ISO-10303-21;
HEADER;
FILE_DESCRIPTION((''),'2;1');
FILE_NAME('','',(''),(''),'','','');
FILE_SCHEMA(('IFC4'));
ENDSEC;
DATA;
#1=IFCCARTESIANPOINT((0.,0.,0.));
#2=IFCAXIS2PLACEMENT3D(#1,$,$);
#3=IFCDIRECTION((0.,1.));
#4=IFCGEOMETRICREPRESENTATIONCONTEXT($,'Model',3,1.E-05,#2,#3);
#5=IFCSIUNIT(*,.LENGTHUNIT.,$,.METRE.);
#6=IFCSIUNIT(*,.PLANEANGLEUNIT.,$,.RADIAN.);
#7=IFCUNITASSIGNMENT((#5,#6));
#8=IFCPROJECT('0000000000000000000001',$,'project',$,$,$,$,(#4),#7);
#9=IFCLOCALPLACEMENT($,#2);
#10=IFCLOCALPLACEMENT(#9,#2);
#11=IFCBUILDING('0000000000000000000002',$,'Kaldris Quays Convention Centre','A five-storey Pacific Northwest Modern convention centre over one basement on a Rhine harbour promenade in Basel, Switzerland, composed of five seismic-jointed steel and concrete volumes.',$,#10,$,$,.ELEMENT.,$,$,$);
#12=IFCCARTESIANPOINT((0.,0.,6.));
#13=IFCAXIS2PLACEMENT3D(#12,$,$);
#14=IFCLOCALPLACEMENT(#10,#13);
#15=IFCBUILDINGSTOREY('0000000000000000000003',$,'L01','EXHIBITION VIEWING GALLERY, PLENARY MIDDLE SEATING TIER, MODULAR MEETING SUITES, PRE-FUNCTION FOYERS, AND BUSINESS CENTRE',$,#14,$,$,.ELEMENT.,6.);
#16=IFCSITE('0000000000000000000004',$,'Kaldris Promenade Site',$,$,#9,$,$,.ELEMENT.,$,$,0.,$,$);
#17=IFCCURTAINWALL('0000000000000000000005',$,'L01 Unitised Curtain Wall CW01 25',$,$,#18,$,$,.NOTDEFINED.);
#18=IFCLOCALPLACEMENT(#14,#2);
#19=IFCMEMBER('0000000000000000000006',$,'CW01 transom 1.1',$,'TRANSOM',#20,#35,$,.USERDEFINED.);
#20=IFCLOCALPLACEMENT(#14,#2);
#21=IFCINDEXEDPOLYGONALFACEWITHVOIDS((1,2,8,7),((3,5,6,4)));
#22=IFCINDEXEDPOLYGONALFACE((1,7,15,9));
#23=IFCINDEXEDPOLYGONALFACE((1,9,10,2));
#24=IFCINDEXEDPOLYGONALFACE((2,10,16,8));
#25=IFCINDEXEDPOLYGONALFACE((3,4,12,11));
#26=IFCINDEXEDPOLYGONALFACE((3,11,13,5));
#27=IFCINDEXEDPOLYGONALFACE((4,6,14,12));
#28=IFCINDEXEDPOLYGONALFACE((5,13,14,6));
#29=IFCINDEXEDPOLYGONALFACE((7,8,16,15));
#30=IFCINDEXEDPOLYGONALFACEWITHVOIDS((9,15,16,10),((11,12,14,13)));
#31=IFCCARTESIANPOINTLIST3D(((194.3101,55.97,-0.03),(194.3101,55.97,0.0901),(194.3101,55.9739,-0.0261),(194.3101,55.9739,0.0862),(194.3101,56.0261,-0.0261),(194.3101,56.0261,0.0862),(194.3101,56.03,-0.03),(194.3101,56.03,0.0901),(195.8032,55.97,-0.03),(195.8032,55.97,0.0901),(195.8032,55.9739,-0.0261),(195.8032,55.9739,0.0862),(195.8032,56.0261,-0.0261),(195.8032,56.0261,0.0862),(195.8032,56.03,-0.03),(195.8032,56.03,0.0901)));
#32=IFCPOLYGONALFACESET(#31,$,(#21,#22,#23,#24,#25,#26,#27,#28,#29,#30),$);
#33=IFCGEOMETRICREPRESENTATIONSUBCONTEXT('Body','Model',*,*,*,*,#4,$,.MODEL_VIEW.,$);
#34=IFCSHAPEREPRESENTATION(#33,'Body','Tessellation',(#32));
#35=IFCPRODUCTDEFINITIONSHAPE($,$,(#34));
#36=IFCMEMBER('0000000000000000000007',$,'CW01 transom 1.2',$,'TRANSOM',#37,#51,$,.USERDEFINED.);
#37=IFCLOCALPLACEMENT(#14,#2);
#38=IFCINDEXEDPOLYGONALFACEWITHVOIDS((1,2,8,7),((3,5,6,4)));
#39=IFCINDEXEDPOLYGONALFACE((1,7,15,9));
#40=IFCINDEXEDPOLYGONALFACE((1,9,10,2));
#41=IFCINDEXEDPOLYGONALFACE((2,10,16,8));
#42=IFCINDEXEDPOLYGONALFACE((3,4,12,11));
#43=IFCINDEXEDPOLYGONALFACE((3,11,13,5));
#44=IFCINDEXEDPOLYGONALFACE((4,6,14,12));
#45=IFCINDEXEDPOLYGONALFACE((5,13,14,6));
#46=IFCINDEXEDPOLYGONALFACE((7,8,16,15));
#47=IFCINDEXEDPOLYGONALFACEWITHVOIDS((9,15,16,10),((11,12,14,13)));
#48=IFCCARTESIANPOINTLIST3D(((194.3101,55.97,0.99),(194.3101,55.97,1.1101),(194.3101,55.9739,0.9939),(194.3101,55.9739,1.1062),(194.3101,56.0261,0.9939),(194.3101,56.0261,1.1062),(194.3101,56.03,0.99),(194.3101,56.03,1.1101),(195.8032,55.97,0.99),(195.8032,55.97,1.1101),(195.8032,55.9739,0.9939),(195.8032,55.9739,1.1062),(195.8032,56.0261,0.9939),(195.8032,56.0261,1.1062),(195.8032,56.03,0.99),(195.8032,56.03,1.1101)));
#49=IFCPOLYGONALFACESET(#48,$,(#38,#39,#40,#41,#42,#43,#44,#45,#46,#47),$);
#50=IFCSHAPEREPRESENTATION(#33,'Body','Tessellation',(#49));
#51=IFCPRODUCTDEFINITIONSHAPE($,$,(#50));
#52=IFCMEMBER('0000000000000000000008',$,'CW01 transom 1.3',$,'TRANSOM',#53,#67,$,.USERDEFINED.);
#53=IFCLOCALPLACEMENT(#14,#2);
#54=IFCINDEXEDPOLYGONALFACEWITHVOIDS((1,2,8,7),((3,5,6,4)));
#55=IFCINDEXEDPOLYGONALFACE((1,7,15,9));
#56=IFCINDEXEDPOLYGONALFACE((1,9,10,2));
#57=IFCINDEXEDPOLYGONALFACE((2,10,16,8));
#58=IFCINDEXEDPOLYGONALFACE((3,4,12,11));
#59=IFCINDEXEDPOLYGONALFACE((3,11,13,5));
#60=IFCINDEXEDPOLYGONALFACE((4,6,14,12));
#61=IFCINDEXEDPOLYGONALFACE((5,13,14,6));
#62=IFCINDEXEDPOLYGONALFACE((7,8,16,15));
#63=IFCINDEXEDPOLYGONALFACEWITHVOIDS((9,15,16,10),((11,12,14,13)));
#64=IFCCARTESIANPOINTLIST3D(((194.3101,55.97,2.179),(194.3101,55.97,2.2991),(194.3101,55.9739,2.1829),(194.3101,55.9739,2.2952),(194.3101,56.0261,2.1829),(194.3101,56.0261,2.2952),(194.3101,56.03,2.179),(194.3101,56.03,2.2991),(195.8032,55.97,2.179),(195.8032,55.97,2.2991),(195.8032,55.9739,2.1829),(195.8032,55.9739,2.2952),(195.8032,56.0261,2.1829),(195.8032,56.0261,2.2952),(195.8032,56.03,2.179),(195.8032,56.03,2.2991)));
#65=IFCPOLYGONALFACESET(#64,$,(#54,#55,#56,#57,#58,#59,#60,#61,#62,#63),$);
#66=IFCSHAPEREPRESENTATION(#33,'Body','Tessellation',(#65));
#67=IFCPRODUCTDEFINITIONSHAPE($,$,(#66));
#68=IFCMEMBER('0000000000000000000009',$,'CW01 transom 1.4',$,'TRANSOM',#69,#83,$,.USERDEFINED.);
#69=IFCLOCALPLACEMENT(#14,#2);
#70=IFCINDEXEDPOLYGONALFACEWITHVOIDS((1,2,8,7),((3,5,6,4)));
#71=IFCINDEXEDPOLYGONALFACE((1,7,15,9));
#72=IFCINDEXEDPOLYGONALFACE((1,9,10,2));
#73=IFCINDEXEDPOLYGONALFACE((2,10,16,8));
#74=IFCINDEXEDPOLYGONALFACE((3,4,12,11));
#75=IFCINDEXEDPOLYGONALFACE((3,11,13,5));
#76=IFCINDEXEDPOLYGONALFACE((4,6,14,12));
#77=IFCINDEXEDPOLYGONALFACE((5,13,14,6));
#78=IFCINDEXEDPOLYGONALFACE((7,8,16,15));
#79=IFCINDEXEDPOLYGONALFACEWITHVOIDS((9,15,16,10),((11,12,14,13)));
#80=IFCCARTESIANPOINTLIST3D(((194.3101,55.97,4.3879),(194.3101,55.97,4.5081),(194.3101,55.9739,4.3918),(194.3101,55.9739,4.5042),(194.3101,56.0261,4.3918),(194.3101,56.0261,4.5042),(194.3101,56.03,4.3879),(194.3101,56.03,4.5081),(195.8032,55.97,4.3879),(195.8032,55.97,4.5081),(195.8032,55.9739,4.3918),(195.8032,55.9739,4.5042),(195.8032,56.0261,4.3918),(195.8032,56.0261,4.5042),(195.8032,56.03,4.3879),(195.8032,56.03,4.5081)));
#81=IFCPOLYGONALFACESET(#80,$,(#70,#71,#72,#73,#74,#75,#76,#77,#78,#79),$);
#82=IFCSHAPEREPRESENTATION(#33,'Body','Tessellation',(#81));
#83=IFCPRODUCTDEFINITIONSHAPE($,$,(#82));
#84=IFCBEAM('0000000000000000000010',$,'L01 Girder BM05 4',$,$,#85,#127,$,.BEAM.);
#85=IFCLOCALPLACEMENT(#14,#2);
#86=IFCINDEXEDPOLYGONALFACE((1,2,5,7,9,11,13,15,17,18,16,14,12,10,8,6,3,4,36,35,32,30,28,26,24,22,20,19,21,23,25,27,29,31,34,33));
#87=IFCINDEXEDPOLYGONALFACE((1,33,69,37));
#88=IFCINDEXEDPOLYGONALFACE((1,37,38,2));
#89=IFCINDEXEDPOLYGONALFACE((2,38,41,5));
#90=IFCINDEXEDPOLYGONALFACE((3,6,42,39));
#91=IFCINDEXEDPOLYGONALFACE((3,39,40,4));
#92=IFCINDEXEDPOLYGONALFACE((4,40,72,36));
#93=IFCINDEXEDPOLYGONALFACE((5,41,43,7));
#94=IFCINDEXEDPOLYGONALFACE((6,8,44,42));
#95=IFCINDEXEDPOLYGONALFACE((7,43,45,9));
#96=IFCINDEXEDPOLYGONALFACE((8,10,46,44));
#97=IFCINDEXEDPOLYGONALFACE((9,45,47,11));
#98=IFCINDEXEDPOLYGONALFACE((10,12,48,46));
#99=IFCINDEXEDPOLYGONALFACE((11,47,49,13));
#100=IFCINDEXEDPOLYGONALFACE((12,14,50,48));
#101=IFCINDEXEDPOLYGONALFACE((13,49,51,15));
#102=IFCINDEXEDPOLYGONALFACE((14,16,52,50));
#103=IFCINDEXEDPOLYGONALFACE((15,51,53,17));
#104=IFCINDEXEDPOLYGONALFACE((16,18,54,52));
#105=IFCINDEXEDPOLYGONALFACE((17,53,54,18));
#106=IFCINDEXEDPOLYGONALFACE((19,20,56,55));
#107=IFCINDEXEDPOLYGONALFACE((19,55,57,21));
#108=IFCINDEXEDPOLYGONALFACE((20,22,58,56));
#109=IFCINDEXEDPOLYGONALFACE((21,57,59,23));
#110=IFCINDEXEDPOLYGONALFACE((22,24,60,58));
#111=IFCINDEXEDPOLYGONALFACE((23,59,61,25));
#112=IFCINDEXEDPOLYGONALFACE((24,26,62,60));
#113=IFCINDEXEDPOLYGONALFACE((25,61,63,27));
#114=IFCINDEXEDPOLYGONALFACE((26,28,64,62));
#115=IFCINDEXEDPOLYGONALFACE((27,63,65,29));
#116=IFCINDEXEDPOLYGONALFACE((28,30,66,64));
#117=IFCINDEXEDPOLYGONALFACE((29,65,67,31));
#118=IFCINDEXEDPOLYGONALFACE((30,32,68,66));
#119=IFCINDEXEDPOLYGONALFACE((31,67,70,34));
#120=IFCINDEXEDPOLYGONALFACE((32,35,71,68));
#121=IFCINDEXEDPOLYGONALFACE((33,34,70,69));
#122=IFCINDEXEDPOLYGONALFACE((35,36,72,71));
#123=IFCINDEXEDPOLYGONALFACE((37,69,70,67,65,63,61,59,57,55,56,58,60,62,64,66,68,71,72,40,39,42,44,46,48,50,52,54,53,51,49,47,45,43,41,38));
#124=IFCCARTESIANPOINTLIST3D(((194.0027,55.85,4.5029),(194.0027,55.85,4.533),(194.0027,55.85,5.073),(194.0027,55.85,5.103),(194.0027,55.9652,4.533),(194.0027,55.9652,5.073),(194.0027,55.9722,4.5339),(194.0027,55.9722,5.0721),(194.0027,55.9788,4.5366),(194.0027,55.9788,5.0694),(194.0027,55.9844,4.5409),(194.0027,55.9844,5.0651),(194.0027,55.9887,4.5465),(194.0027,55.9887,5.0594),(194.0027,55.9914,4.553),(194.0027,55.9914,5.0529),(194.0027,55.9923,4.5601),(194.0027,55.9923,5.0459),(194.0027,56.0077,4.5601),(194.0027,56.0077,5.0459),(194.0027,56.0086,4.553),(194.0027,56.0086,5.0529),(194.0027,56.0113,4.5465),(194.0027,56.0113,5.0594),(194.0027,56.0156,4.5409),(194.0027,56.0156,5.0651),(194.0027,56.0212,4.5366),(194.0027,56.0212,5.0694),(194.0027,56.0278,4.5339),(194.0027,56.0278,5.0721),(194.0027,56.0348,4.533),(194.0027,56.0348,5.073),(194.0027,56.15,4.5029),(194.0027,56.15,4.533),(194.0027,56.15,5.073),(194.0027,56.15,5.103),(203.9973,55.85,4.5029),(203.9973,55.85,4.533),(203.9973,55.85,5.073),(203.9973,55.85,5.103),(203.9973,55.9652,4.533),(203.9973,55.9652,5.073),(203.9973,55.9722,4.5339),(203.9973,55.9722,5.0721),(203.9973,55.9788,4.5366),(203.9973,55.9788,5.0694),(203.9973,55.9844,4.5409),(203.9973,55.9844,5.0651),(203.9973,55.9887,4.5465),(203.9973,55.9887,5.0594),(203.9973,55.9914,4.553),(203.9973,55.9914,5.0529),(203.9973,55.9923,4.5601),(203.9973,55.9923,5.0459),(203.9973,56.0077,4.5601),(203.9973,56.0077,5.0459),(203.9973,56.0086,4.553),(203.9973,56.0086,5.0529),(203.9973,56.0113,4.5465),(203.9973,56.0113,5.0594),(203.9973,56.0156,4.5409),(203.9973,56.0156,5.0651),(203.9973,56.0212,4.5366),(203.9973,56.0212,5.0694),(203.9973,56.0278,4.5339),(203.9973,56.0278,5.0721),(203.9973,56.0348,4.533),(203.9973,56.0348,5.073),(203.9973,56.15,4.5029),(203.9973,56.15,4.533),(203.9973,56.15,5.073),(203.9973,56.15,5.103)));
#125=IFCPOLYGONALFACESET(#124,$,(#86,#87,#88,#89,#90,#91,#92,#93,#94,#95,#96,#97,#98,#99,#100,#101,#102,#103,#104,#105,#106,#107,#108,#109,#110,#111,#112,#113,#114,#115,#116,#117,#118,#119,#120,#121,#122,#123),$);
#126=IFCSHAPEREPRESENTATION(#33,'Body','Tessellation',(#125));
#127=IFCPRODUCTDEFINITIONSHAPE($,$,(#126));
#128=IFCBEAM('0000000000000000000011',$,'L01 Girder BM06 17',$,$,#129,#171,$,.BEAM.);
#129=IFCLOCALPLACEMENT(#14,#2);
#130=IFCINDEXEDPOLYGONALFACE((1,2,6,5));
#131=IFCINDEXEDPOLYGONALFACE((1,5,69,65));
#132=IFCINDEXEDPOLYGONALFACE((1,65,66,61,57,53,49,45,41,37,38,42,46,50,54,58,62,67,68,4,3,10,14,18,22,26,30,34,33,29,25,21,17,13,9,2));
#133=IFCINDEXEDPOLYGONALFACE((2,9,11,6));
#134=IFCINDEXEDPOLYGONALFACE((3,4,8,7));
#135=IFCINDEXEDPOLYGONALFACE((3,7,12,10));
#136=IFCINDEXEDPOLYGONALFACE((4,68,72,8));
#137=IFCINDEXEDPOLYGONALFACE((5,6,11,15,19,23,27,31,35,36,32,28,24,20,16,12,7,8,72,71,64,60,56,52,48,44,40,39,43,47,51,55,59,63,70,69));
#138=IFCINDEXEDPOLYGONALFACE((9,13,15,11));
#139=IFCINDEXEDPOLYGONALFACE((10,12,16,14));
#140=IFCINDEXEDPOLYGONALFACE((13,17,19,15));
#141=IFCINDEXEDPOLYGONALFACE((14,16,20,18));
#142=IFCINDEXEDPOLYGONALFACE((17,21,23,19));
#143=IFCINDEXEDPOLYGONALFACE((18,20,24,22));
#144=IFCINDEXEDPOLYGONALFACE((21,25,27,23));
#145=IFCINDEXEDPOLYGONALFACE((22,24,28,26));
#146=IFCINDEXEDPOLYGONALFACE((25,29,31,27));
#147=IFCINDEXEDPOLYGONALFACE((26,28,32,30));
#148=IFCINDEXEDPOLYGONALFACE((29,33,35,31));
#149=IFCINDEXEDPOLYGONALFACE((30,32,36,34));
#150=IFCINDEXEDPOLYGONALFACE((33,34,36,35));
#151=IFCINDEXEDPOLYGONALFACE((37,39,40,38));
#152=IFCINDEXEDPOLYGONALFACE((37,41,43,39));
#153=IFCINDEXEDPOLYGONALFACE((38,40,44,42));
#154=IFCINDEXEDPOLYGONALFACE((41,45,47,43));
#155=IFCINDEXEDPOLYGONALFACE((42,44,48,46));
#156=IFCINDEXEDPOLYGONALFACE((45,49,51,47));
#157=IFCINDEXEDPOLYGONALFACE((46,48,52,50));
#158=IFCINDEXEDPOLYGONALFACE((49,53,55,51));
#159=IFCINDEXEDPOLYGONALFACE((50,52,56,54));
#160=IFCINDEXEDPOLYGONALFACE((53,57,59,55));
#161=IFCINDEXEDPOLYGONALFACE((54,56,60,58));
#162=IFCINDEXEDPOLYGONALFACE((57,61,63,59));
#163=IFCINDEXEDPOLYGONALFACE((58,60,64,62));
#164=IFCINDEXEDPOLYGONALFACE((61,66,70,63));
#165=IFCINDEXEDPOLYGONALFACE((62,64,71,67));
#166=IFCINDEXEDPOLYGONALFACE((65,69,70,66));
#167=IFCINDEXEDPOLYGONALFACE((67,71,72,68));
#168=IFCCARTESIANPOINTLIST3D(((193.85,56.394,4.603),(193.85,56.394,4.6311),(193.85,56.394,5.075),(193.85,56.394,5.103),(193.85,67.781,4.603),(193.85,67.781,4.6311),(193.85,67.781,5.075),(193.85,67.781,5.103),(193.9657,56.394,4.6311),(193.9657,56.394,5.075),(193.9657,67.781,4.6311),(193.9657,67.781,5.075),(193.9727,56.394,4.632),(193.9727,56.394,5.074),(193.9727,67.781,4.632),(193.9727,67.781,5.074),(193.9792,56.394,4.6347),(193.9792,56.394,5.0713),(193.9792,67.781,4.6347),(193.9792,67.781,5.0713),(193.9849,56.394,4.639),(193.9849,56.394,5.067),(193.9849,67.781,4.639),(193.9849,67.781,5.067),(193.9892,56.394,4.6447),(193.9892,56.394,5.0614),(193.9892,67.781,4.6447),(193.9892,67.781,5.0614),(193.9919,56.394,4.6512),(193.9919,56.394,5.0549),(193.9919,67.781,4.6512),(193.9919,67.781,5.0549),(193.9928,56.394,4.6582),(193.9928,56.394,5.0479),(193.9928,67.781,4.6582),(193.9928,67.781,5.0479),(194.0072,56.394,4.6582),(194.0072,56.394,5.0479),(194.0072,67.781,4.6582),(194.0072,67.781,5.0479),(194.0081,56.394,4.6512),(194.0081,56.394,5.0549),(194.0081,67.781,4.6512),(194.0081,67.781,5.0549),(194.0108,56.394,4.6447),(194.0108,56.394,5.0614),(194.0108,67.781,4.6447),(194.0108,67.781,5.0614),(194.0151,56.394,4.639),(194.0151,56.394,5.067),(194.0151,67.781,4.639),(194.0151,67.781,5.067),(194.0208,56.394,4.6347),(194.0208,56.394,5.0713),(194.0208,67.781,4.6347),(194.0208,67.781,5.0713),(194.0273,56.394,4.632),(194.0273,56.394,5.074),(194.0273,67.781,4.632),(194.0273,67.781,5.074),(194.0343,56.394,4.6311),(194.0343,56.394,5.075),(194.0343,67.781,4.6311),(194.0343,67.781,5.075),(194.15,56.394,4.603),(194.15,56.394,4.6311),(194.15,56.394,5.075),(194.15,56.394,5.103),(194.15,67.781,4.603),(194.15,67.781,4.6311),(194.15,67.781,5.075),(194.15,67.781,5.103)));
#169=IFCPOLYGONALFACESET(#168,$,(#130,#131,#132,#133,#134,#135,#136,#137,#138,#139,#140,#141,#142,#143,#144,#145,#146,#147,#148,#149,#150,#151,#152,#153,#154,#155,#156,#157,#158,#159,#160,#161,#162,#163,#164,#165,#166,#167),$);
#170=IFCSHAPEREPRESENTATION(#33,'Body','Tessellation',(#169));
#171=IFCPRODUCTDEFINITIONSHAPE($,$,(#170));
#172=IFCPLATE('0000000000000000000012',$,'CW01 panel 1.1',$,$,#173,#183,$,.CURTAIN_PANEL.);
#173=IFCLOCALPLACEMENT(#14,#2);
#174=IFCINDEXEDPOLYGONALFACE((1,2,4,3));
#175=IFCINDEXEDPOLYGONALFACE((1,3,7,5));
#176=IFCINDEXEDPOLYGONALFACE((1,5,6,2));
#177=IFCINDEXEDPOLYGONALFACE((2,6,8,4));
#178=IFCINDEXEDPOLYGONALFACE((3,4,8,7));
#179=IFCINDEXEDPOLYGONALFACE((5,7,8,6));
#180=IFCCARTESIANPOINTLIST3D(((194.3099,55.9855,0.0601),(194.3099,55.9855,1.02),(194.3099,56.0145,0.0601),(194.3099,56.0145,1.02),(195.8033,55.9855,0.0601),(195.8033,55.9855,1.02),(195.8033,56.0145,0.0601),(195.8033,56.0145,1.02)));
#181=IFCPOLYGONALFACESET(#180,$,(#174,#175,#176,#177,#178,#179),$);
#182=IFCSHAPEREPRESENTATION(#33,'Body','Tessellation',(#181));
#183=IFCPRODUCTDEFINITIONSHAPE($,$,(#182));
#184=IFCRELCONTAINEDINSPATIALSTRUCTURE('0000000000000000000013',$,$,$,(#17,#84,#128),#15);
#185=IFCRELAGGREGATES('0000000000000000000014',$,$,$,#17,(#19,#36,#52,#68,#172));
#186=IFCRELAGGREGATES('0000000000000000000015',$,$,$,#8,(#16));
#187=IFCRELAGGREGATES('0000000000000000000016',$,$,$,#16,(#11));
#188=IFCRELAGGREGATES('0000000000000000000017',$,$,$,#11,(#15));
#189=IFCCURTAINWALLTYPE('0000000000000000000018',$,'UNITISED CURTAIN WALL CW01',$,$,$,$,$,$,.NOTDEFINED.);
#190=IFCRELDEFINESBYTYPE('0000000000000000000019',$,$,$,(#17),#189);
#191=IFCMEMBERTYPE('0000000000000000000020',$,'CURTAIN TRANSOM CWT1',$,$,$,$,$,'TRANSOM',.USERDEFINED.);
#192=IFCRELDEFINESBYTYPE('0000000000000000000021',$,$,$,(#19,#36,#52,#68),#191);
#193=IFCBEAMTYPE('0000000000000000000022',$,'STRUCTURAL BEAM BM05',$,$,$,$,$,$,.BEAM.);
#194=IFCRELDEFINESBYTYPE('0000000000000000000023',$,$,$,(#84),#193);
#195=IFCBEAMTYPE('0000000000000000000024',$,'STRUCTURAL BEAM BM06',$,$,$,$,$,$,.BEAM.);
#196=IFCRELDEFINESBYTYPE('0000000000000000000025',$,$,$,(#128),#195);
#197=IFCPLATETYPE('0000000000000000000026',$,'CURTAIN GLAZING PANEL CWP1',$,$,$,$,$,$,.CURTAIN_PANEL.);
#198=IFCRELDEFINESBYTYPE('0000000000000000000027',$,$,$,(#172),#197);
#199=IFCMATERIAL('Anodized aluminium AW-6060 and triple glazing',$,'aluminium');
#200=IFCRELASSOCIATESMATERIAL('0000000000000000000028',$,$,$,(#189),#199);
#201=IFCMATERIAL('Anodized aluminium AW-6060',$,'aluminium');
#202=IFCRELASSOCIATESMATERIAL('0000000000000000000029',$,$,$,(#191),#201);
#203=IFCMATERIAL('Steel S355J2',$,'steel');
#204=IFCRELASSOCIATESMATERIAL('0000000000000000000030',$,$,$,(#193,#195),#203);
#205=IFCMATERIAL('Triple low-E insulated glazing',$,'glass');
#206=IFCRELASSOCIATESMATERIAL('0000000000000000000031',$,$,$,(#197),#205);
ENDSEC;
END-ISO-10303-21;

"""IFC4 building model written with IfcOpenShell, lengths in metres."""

from ifc_helpers import new_model, si_unit, direction, frame, origin, origin_2d, place, context, subcontext, project, spatial, rectangle, hollow_rectangle, i_section, extrude, material, material_profile, profile_set, type_object, element, aggregate, save


model = new_model("IFC4")

# Units and contexts
model_context = context("Model", 3, precision=1e-05, world=origin(), true_north=direction((0.0, 1.0)))
body_context = subcontext(model_context, "Body", "Model", "MODEL_VIEW")
ifc_project = project(units=[si_unit("LENGTHUNIT", "METRE"), si_unit("PLANEANGLEUNIT", "RADIAN")], contexts=[model_context])

# Site, building, storey
site_placement = place(None, origin())
site = spatial("IfcSite", under=ifc_project, at=site_placement, Name="Kaldris Promenade Site", CompositionType="ELEMENT", RefElevation=0.0)
building_placement = place(site_placement, origin())
building = spatial("IfcBuilding", under=site, at=building_placement, Name="Kaldris Quays Convention Centre", Description="A five-storey Pacific Northwest Modern convention centre over one basement on a Rhine harbour promenade in Basel, Switzerland, composed of five seismic-jointed steel and concrete volumes.", CompositionType="ELEMENT")
storey_placement = place(building_placement, frame((0.0, 0.0, 6.0)))
storey = spatial("IfcBuildingStorey", under=building, at=storey_placement, Name="L01", Description="EXHIBITION VIEWING GALLERY, PLENARY MIDDLE SEATING TIER, MODULAR MEETING SUITES, PRE-FUNCTION FOYERS, AND BUSINESS CENTRE", CompositionType="ELEMENT", Elevation=6.0)

# Shared definitions
ifc_material_1 = material(Name="Steel S355J2", Category="steel")

# Shared definitions
ifc_material_2 = material(Name="Anodized aluminium AW-6060 and triple glazing", Category="aluminium")
curtain_wall_type = type_object("IfcCurtainWallType", Name="UNITISED CURTAIN WALL CW01", PredefinedType="NOTDEFINED", material=ifc_material_2)
ifc_material_3 = material(Name="Anodized aluminium AW-6060", Category="aluminium")

# Curtain wall
curtain_wall_1_placement = place(storey_placement, origin())
curtain_wall_1 = element("IfcCurtainWall", 1, at=curtain_wall_1_placement, inside=storey, type_object=curtain_wall_type, Name="L01 Unitised Curtain Wall CW01 25", PredefinedType="NOTDEFINED")

# Members
ifc_material_profile_1 = material_profile(ifc_material_3, hollow_rectangle(XDim=0.0601, YDim=0.1201, WallThickness=0.0039, at=origin_2d()), Name="RHS 120x60x4")
ifc_profile_set_1 = profile_set([ifc_material_profile_1], Name="Anodized aluminium AW-6060")
member_type_1 = type_object("IfcMemberType", Name="CURTAIN TRANSOM CWT1", ElementType="TRANSOM", PredefinedType="USERDEFINED", material=ifc_profile_set_1)
member_1_placement = place(storey_placement, frame((194.3101, 56.0, 0.03), z_axis=(1.0, 0.0, 0.0), x_axis=(0.0, 1.0, 0.0)))
member_1 = element("IfcMember", 2, at=member_1_placement, type_object=member_type_1, Name="CW01 transom 1.1", ObjectType="TRANSOM", PredefinedType="USERDEFINED", context=body_context, shape_type="SweptSolid", body=[
    extrude(hollow_rectangle(XDim=0.0601, YDim=0.1201, WallThickness=0.0039, at=origin_2d()), origin(), (0.0, 0.0, 1.0), 1.4932),
])
member_2_placement = place(storey_placement, frame((194.3101, 56.0, 1.05), z_axis=(1.0, 0.0, 0.0), x_axis=(0.0, 1.0, 0.0)))
member_2 = element("IfcMember", 3, at=member_2_placement, type_object=member_type_1, Name="CW01 transom 1.2", ObjectType="TRANSOM", PredefinedType="USERDEFINED", context=body_context, shape_type="SweptSolid", body=[
    extrude(hollow_rectangle(XDim=0.0601, YDim=0.1201, WallThickness=0.0039, at=origin_2d()), origin(), (0.0, 0.0, 1.0), 1.4932),
])
member_3_placement = place(storey_placement, frame((194.3101, 56.0, 2.239), z_axis=(1.0, 0.0, 0.0), x_axis=(0.0, 1.0, 0.0)))
member_3 = element("IfcMember", 4, at=member_3_placement, type_object=member_type_1, Name="CW01 transom 1.3", ObjectType="TRANSOM", PredefinedType="USERDEFINED", context=body_context, shape_type="SweptSolid", body=[
    extrude(hollow_rectangle(XDim=0.0601, YDim=0.1201, WallThickness=0.0039, at=origin_2d()), origin(), (0.0, 0.0, 1.0), 1.4932),
])
member_4_placement = place(storey_placement, frame((194.3101, 56.0, 4.448), z_axis=(1.0, 0.0, 0.0), x_axis=(0.0, 1.0, 0.0)))
member_4 = element("IfcMember", 5, at=member_4_placement, type_object=member_type_1, Name="CW01 transom 1.4", ObjectType="TRANSOM", PredefinedType="USERDEFINED", context=body_context, shape_type="SweptSolid", body=[
    extrude(hollow_rectangle(XDim=0.0601, YDim=0.1201, WallThickness=0.0039, at=origin_2d()), origin(), (0.0, 0.0, 1.0), 1.4932),
])

# Beams
ifc_material_profile_2 = material_profile(ifc_material_1, i_section(OverallWidth=0.3, OverallDepth=0.6001, WebThickness=0.0154, FlangeThickness=0.03, FilletRadius=0.0271, at=origin_2d()), Name="HEB 600")
ifc_profile_set_2 = profile_set([ifc_material_profile_2], Name="Steel S355J2")
beam_type_1 = type_object("IfcBeamType", Name="STRUCTURAL BEAM BM05", PredefinedType="BEAM", material=ifc_profile_set_2)
beam_1_placement = place(storey_placement, frame((194.0027, 56.0, 4.803), z_axis=(1.0, 0.0, 0.0), x_axis=(0.0, 1.0, 0.0)))
element("IfcBeam", 6, at=beam_1_placement, inside=storey, type_object=beam_type_1, Name="L01 Girder BM05 4", PredefinedType="BEAM", context=body_context, shape_type="SweptSolid", body=[
    extrude(i_section(OverallWidth=0.3, OverallDepth=0.6001, WebThickness=0.0154, FlangeThickness=0.03, FilletRadius=0.0271, at=origin_2d()), origin(), (0.0, 0.0, 1.0), 9.9946),
])
ifc_material_profile_3 = material_profile(ifc_material_1, i_section(OverallWidth=0.3, OverallDepth=0.5, WebThickness=0.0144, FlangeThickness=0.0281, FilletRadius=0.0271, at=origin_2d()), Name="HEB 500")
ifc_profile_set_3 = profile_set([ifc_material_profile_3], Name="Steel S355J2")
beam_type_2 = type_object("IfcBeamType", Name="STRUCTURAL BEAM BM06", PredefinedType="BEAM", material=ifc_profile_set_3)
beam_2_placement = place(storey_placement, frame((194.0, 56.394, 4.853), z_axis=(0.0, 1.0, 0.0), x_axis=(-1.0, 0.0, 0.0)))
element("IfcBeam", 7, at=beam_2_placement, inside=storey, type_object=beam_type_2, Name="L01 Girder BM06 17", PredefinedType="BEAM", context=body_context, shape_type="SweptSolid", body=[
    extrude(i_section(OverallWidth=0.3, OverallDepth=0.5, WebThickness=0.0144, FlangeThickness=0.0281, FilletRadius=0.0271, at=origin_2d()), origin(), (0.0, 0.0, 1.0), 11.387),
])

# Plate
ifc_material_4 = material(Name="Triple low-E insulated glazing", Category="glass")
plate_type_1 = type_object("IfcPlateType", Name="CURTAIN GLAZING PANEL CWP1", PredefinedType="CURTAIN_PANEL", material=ifc_material_4)
plate_1_placement = place(storey_placement, frame((195.0566, 56.0, 0.0601), z_axis=(0.0, 0.0, 1.0), x_axis=(1.0, 0.0, 0.0)))
plate_1 = element("IfcPlate", 8, at=plate_1_placement, type_object=plate_type_1, Name="CW01 panel 1.1", PredefinedType="CURTAIN_PANEL", context=body_context, shape_type="SweptSolid", body=[
    extrude(rectangle(XDim=1.4934, YDim=0.0291, at=origin_2d()), origin(), (0.0, 0.0, 1.0), 0.96),
])
aggregate(curtain_wall_1, [member_1, member_2, member_3, member_4, plate_1])

save(model, "model.ifc")
